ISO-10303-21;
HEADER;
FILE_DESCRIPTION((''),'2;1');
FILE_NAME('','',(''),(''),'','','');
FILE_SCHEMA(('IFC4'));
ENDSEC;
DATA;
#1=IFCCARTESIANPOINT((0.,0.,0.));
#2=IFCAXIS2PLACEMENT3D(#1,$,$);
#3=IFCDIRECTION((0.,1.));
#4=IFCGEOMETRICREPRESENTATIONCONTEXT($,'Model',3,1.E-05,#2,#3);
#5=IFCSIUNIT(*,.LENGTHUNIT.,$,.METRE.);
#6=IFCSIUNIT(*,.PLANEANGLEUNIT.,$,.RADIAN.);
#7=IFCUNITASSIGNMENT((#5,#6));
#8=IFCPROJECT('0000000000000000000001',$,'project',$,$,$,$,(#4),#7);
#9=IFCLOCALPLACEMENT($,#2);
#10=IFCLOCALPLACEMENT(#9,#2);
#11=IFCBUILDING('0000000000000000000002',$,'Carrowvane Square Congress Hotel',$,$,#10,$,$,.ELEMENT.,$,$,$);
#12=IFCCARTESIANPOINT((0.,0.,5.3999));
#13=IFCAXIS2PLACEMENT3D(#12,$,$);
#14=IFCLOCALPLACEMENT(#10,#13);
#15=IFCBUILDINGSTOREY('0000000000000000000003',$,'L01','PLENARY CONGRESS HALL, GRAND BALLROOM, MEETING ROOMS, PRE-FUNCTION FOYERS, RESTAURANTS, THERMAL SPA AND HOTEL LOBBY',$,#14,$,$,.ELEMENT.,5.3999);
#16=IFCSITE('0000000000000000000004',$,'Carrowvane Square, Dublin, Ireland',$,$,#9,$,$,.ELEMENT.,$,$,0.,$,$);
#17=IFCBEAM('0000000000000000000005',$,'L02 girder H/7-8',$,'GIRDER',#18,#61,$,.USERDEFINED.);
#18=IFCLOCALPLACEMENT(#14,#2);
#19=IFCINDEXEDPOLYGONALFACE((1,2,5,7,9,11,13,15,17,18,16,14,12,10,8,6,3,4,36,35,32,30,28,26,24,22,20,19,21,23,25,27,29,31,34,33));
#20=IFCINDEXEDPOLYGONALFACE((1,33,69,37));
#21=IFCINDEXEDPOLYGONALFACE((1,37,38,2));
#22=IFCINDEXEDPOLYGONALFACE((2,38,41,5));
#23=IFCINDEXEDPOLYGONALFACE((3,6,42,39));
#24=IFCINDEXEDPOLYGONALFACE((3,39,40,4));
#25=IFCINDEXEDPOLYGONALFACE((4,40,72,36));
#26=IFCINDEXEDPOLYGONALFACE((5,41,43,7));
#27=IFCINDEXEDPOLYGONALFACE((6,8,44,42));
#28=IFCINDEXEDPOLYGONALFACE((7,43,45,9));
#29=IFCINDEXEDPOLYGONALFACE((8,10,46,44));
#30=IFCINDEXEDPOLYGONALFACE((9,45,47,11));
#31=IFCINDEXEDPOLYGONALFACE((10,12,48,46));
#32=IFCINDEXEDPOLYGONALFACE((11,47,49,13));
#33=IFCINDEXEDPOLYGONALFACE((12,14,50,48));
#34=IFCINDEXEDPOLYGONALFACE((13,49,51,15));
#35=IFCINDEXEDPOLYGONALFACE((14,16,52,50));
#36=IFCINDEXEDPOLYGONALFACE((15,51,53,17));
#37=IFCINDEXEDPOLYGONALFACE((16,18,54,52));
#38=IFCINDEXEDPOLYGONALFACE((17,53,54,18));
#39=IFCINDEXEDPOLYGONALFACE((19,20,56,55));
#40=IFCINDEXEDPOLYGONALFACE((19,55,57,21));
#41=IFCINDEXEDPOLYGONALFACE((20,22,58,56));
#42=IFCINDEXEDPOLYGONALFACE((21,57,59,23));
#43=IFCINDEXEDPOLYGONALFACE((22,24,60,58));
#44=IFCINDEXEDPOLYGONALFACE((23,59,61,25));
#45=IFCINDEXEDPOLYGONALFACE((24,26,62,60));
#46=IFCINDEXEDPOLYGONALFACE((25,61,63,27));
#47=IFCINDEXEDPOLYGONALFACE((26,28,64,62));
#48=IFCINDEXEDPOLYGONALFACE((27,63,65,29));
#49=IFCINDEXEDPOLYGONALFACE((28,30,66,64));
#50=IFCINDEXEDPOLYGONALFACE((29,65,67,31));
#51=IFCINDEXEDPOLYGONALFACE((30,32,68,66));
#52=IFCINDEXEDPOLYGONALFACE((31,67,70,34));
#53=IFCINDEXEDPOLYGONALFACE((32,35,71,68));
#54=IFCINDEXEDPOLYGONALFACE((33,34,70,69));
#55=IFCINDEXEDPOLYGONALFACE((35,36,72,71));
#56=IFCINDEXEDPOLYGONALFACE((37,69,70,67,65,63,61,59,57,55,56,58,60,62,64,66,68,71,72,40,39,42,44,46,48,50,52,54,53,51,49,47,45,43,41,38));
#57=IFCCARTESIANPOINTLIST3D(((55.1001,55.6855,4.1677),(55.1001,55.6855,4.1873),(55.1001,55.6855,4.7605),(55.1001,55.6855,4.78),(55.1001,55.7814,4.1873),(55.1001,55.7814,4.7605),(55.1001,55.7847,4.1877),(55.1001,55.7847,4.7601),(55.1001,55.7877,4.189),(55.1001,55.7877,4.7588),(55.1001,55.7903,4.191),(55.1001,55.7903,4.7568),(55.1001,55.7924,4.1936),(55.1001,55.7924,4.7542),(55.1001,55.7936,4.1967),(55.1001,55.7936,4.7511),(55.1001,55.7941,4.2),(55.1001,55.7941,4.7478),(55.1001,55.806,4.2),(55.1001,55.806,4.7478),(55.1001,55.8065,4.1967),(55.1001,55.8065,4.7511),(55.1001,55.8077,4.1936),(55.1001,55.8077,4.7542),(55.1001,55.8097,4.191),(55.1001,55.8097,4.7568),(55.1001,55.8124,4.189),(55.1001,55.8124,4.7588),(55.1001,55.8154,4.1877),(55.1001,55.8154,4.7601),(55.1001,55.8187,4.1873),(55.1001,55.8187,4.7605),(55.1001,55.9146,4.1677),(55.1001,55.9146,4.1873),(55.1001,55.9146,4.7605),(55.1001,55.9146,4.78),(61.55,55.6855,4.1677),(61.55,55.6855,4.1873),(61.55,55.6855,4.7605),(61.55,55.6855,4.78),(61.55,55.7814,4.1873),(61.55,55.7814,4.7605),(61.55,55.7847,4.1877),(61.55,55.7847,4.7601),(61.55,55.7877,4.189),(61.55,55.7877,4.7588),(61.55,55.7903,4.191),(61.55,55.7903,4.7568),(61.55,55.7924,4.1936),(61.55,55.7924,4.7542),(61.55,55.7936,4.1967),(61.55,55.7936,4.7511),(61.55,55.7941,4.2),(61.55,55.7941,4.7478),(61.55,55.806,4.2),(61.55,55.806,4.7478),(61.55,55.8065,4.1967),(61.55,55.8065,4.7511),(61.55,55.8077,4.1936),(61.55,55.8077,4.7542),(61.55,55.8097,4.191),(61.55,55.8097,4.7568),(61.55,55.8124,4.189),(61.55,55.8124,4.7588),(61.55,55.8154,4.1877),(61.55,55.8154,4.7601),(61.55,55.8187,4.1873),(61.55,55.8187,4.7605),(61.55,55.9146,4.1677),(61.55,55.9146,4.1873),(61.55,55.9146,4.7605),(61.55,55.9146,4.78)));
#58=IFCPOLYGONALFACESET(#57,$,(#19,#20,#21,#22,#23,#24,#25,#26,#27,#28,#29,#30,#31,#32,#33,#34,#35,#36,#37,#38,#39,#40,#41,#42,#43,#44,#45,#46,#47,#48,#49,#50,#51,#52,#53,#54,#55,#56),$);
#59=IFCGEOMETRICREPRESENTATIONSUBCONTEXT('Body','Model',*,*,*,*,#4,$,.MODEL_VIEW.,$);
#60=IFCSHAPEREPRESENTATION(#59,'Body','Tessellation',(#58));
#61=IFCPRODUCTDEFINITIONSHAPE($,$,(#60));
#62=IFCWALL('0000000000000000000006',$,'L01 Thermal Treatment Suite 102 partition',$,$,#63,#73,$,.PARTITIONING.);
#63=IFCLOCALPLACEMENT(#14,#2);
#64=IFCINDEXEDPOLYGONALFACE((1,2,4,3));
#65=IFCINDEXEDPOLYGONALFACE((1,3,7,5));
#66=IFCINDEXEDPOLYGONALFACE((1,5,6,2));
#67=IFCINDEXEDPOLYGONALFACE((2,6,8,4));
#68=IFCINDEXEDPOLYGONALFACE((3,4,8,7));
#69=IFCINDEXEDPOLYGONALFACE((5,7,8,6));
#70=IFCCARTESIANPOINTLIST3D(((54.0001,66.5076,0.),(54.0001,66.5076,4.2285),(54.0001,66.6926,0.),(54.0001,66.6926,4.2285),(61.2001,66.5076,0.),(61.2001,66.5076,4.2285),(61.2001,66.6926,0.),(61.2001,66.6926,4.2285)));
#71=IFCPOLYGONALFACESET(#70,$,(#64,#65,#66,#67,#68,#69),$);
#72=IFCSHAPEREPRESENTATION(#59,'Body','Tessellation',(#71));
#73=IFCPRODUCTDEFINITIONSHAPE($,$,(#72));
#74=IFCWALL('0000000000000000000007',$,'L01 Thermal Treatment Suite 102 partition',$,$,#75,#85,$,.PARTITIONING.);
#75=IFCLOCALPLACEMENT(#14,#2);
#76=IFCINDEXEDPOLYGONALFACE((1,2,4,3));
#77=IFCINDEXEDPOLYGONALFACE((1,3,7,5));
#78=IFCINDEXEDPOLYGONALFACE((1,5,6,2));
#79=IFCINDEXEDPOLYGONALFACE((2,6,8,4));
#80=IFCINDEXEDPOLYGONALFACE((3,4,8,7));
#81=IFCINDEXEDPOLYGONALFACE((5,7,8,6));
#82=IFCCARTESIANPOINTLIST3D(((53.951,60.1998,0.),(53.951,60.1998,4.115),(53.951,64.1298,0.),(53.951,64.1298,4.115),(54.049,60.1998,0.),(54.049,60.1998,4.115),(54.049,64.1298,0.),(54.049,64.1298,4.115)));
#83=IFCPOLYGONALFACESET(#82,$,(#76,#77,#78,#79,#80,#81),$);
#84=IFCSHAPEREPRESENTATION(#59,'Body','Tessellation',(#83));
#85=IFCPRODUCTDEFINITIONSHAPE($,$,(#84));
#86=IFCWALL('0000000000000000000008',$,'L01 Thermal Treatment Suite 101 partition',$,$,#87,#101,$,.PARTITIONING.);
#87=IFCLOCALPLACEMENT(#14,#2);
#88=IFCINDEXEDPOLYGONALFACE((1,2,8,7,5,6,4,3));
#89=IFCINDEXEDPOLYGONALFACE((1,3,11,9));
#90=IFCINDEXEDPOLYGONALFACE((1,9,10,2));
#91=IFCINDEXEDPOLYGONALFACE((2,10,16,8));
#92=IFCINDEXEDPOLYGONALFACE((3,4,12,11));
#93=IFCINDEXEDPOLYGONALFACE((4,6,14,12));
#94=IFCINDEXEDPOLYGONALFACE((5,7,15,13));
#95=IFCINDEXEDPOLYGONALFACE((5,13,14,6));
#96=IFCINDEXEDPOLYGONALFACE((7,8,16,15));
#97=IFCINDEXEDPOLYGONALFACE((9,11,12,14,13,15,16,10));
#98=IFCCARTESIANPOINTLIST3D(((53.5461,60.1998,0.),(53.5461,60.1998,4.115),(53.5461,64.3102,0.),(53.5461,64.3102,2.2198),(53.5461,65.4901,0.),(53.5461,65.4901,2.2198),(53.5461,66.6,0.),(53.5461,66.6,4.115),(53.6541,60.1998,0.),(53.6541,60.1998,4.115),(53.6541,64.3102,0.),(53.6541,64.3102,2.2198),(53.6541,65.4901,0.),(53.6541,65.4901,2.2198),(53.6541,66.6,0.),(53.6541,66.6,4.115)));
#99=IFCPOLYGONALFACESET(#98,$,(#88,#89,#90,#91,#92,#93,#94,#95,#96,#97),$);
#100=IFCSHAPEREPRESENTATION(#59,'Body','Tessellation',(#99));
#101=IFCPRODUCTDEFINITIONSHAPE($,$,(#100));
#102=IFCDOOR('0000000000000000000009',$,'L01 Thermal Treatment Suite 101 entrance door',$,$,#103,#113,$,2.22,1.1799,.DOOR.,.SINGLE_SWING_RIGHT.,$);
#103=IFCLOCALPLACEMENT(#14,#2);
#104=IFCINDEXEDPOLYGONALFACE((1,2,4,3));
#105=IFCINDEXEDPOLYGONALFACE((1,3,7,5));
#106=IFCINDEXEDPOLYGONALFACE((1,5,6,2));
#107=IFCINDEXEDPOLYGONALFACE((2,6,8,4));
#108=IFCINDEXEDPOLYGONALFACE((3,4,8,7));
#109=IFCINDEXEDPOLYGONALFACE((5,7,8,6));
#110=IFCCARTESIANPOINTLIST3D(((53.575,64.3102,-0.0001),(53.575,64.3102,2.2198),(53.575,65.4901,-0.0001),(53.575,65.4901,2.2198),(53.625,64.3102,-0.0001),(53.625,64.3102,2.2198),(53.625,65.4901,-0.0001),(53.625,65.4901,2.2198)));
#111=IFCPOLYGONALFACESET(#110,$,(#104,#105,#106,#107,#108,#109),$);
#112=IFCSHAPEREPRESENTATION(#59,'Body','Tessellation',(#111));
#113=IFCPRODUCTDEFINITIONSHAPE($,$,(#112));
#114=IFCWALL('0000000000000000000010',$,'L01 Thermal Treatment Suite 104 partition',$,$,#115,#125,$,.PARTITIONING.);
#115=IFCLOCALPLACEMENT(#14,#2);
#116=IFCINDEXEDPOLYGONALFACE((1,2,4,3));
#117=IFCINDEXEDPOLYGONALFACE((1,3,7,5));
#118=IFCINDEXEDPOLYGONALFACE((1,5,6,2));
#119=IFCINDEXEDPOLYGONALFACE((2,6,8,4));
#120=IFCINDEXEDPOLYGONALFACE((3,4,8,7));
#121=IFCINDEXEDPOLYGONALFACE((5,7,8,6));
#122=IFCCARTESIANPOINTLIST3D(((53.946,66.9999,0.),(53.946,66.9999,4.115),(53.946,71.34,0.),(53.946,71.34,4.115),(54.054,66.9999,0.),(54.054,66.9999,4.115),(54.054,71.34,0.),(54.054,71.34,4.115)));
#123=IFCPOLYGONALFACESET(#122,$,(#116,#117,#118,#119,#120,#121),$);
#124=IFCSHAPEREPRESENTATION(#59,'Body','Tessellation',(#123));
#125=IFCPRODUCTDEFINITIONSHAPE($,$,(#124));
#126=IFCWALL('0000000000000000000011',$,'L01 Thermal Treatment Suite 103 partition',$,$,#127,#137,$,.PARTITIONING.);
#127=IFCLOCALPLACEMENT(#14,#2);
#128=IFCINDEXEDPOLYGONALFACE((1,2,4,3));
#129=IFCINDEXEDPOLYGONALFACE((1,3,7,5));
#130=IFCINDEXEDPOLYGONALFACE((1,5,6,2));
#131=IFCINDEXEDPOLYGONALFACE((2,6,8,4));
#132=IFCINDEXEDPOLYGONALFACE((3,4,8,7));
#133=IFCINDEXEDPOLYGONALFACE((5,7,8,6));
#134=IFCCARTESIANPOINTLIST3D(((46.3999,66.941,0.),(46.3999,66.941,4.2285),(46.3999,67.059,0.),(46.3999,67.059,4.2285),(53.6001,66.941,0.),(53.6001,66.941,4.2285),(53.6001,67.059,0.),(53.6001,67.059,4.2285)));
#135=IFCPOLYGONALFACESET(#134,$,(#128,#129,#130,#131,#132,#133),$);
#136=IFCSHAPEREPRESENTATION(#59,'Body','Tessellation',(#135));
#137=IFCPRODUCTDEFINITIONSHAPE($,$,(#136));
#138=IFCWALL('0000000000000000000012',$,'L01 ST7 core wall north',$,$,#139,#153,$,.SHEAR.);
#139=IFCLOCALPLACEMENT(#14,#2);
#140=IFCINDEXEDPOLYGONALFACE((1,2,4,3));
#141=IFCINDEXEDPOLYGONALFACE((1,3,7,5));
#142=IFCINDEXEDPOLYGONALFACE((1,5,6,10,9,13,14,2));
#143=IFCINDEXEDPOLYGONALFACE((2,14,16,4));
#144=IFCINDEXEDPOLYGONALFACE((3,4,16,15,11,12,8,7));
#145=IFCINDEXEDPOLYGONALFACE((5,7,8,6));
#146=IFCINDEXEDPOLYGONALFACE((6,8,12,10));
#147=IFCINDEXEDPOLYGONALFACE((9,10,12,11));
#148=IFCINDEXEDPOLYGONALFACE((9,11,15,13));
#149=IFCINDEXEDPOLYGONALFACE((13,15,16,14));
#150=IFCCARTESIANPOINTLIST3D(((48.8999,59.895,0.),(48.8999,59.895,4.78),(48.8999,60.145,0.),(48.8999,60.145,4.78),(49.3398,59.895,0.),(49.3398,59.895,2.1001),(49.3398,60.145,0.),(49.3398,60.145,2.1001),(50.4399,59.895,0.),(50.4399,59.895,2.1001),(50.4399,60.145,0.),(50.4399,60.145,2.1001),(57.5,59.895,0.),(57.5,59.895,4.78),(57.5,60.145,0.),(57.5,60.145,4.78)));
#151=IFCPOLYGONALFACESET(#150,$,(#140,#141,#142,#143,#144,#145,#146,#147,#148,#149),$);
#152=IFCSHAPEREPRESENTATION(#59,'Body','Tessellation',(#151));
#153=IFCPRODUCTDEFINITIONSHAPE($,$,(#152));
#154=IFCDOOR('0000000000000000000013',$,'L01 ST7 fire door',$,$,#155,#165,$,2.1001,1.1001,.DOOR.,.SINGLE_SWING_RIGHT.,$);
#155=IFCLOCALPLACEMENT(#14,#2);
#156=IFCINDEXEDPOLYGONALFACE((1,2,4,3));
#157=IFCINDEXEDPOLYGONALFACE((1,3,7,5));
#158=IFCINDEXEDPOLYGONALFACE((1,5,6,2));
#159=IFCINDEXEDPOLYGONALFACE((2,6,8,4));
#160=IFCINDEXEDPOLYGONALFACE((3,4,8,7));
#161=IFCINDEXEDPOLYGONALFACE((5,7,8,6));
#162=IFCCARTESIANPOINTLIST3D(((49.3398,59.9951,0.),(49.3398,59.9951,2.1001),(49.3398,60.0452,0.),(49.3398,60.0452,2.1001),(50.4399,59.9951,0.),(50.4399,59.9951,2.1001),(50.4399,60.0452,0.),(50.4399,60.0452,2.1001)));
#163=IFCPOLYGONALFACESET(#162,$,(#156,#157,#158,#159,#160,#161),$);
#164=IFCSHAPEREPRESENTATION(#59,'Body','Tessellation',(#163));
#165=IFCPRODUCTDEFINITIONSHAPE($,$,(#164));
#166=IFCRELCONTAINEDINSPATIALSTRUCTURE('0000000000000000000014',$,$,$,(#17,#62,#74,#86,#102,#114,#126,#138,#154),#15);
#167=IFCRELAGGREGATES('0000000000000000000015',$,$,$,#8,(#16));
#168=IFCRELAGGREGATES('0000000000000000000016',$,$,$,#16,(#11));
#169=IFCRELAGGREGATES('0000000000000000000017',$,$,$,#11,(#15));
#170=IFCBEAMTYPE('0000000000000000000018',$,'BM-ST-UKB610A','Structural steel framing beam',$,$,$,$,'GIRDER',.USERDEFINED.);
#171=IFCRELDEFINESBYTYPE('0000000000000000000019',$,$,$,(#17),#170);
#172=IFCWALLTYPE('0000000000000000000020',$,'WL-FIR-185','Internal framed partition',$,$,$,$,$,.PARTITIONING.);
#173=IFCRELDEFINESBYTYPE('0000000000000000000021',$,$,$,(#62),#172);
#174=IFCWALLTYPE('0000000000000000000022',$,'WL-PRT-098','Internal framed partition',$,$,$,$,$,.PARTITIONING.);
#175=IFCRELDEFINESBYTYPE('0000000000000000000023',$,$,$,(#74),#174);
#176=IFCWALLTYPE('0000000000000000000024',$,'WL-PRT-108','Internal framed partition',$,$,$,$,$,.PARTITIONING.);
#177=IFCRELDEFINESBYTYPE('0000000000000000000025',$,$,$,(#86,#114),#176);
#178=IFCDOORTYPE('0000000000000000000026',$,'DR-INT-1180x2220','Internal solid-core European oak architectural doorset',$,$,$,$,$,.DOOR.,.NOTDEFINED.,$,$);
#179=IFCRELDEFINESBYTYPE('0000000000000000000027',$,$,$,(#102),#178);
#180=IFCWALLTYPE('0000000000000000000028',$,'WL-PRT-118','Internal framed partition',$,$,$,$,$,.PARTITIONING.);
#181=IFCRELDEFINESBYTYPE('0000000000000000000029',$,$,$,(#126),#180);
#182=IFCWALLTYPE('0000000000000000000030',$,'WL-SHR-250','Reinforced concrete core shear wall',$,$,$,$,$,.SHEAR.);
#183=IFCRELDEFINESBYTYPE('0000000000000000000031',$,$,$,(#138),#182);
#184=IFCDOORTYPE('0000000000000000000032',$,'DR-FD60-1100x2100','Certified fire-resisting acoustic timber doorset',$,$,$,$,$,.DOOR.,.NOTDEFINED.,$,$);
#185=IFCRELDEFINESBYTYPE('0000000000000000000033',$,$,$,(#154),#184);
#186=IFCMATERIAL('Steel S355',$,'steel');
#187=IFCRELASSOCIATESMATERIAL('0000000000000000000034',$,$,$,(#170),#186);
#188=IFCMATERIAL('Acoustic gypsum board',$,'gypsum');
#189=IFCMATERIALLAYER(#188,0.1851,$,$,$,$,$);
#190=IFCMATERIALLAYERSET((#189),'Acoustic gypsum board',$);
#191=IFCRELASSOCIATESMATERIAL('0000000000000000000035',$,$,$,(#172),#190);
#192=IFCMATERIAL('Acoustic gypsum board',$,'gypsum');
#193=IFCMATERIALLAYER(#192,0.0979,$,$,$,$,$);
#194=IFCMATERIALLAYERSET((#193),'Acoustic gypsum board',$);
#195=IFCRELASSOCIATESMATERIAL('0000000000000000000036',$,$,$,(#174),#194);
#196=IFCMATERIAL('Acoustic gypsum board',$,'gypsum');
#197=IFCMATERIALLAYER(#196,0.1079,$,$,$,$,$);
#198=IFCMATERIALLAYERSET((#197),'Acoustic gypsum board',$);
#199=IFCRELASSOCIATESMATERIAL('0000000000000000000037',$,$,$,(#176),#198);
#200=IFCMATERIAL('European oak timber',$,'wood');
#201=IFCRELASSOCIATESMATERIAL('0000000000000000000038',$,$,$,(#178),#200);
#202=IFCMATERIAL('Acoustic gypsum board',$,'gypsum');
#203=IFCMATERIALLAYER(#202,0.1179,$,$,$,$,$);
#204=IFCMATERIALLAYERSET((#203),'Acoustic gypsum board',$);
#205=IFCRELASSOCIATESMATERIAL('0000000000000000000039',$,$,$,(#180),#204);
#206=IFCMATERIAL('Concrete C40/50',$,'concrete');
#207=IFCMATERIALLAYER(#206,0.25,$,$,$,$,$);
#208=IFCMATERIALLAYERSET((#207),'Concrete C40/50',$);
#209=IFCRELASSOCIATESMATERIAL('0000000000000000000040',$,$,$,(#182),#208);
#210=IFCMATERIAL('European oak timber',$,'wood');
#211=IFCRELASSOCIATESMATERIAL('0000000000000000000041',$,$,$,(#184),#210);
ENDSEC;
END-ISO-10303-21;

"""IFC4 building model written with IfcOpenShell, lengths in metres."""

from ifc_helpers import new_model, si_unit, direction, frame, frame_2d, origin, origin_2d, place, context, subcontext, project, spatial, rectangle, i_section, extrude, material, layer, layer_set, material_profile, profile_set, type_object, element, fill, save


model = new_model("IFC4")

# Units and contexts
model_context = context("Model", 3, precision=1e-05, world=origin(), true_north=direction((0.0, 1.0)))
body_context = subcontext(model_context, "Body", "Model", "MODEL_VIEW")
ifc_project = project(units=[si_unit("LENGTHUNIT", "METRE"), si_unit("PLANEANGLEUNIT", "RADIAN")], contexts=[model_context])

# Site, building, storey
site_placement = place(None, origin())
site = spatial("IfcSite", under=ifc_project, at=site_placement, Name="Carrowvane Square, Dublin, Ireland", CompositionType="ELEMENT", RefElevation=0.0)
building_placement = place(site_placement, origin())
building = spatial("IfcBuilding", under=site, at=building_placement, Name="Carrowvane Square Congress Hotel", CompositionType="ELEMENT")
storey_placement = place(building_placement, frame((0.0, 0.0, 5.3999)))
storey = spatial("IfcBuildingStorey", under=building, at=storey_placement, Name="L01", Description="PLENARY CONGRESS HALL, GRAND BALLROOM, MEETING ROOMS, PRE-FUNCTION FOYERS, RESTAURANTS, THERMAL SPA AND HOTEL LOBBY", CompositionType="ELEMENT", Elevation=5.3999)

# Beam
ifc_material_1 = material(Name="Steel S355", Category="steel")
ifc_material_profile_1 = material_profile(ifc_material_1, i_section(OverallWidth=0.229, OverallDepth=0.6123, WebThickness=0.012, FlangeThickness=0.0195, FilletRadius=0.0127, at=origin_2d()), Name="UKB 610x229x125")
ifc_profile_set_1 = profile_set([ifc_material_profile_1], Name="Steel S355")
beam_type_1 = type_object("IfcBeamType", Name="BM-ST-UKB610A", Description="Structural steel framing beam", ElementType="GIRDER", PredefinedType="USERDEFINED", material=ifc_profile_set_1)
beam_1_placement = place(storey_placement, frame((55.1001, 55.8, 4.4739), z_axis=(1.0, 0.0, 0.0), x_axis=(0.0, 1.0, 0.0)))
element("IfcBeam", 1, at=beam_1_placement, inside=storey, type_object=beam_type_1, Name="L02 girder H/7-8", ObjectType="GIRDER", PredefinedType="USERDEFINED", context=body_context, shape_type="SweptSolid", body=[
    extrude(i_section(OverallWidth=0.229, OverallDepth=0.6123, WebThickness=0.012, FlangeThickness=0.0195, FilletRadius=0.0127, at=origin_2d()), origin(), (0.0, 0.0, 1.0), 6.45),
])

# Walls
ifc_material_2 = material(Name="Acoustic gypsum board", Category="gypsum")
ifc_layer_1 = layer(ifc_material_2, 0.1851)
ifc_layer_set_1 = layer_set([ifc_layer_1], Name="Acoustic gypsum board")
wall_type_1 = type_object("IfcWallType", Name="WL-FIR-185", Description="Internal framed partition", PredefinedType="PARTITIONING", material=ifc_layer_set_1)
wall_1_placement = place(storey_placement, frame((54.0, 66.6001, 0.0), z_axis=(0.0, 0.0, 1.0), x_axis=(1.0, 0.0, 0.0)))
element("IfcWall", 2, at=wall_1_placement, inside=storey, type_object=wall_type_1, Name="L01 Thermal Treatment Suite 102 partition", PredefinedType="PARTITIONING", context=body_context, shape_type="SweptSolid", body=[
    extrude(rectangle(XDim=7.2, YDim=0.1851, at=frame_2d((3.6001, 0.0))), origin(), (0.0, 0.0, 1.0), 4.2285),
])
ifc_material_3 = material(Name="Acoustic gypsum board", Category="gypsum")
ifc_layer_2 = layer(ifc_material_3, 0.0979)
ifc_layer_set_2 = layer_set([ifc_layer_2], Name="Acoustic gypsum board")
wall_type_2 = type_object("IfcWallType", Name="WL-PRT-098", Description="Internal framed partition", PredefinedType="PARTITIONING", material=ifc_layer_set_2)
wall_2_placement = place(storey_placement, frame((54.0, 60.2, 0.0), z_axis=(0.0, 0.0, 1.0), x_axis=(0.0, 1.0, 0.0)))
element("IfcWall", 3, at=wall_2_placement, inside=storey, type_object=wall_type_2, Name="L01 Thermal Treatment Suite 102 partition", PredefinedType="PARTITIONING", context=body_context, shape_type="SweptSolid", body=[
    extrude(rectangle(XDim=3.9299, YDim=0.0979, at=frame_2d((1.9648, 0.0))), origin(), (0.0, 0.0, 1.0), 4.115),
])

# Wall, opening, door
ifc_material_4 = material(Name="Acoustic gypsum board", Category="gypsum")
ifc_layer_3 = layer(ifc_material_4, 0.1079)
ifc_layer_set_3 = layer_set([ifc_layer_3], Name="Acoustic gypsum board")
wall_type_3 = type_object("IfcWallType", Name="WL-PRT-108", Description="Internal framed partition", PredefinedType="PARTITIONING", material=ifc_layer_set_3)
wall_3_placement = place(storey_placement, frame((53.6001, 66.6001, 0.0), z_axis=(0.0, 0.0, 1.0), x_axis=(0.0, -1.0, 0.0)))
wall_3 = element("IfcWall", 4, at=wall_3_placement, inside=storey, type_object=wall_type_3, Name="L01 Thermal Treatment Suite 101 partition", PredefinedType="PARTITIONING", context=body_context, shape_type="SweptSolid", body=[
    extrude(rectangle(XDim=6.4001, YDim=0.1079, at=frame_2d((3.2002, 0.0))), origin(), (0.0, 0.0, 1.0), 4.115),
])
opening_1_placement = place(wall_3_placement, frame((1.1101, 0.0, 0.0)))
opening_1 = element("IfcOpeningElement", 5, at=opening_1_placement, cuts=wall_3, PredefinedType="OPENING", context=body_context, shape_type="SweptSolid", body=[
    extrude(rectangle(XDim=1.1799, YDim=2.22, at=frame_2d((0.5898, 1.1099))), frame((0.0, 0.064, 0.0), z_axis=(0.0, -1.0, 0.0), x_axis=(1.0, 0.0, 0.0)), (0.0, 0.0, 1.0), 0.1279),
])
ifc_material_5 = material(Name="European oak timber", Category="wood")
door_type_1 = type_object("IfcDoorType", Name="DR-INT-1180x2220", Description="Internal solid-core European oak architectural doorset", OperationType="NOTDEFINED", PredefinedType="DOOR", material=ifc_material_5)
door_1_placement = place(opening_1_placement, origin())
door_1 = element("IfcDoor", 6, at=door_1_placement, inside=storey, type_object=door_type_1, Name="L01 Thermal Treatment Suite 101 entrance door", OperationType="SINGLE_SWING_RIGHT", OverallHeight=2.22, OverallWidth=1.1799, PredefinedType="DOOR", context=body_context, shape_type="SweptSolid", body=[
    extrude(rectangle(XDim=1.1799, YDim=2.22, at=frame_2d((0.5898, 1.1099))), frame((0.0, 0.0249, 0.0), z_axis=(0.0, -1.0, 0.0), x_axis=(1.0, 0.0, 0.0)), (0.0, 0.0, 1.0), 0.05),
])
fill(opening_1, door_1)

# Walls
wall_4_placement = place(storey_placement, frame((54.0, 67.0, 0.0), z_axis=(0.0, 0.0, 1.0), x_axis=(0.0, 1.0, 0.0)))
element("IfcWall", 7, at=wall_4_placement, inside=storey, type_object=wall_type_3, Name="L01 Thermal Treatment Suite 104 partition", PredefinedType="PARTITIONING", context=body_context, shape_type="SweptSolid", body=[
    extrude(rectangle(XDim=4.3401, YDim=0.1079, at=frame_2d((2.1699, 0.0))), origin(), (0.0, 0.0, 1.0), 4.115),
])
ifc_material_6 = material(Name="Acoustic gypsum board", Category="gypsum")
ifc_layer_4 = layer(ifc_material_6, 0.1179)
ifc_layer_set_4 = layer_set([ifc_layer_4], Name="Acoustic gypsum board")
wall_type_4 = type_object("IfcWallType", Name="WL-PRT-118", Description="Internal framed partition", PredefinedType="PARTITIONING", material=ifc_layer_set_4)
wall_5_placement = place(storey_placement, frame((53.6001, 67.0, 0.0), z_axis=(0.0, 0.0, 1.0), x_axis=(-1.0, 0.0, 0.0)))
element("IfcWall", 8, at=wall_5_placement, inside=storey, type_object=wall_type_4, Name="L01 Thermal Treatment Suite 103 partition", PredefinedType="PARTITIONING", context=body_context, shape_type="SweptSolid", body=[
    extrude(rectangle(XDim=7.2002, YDim=0.1179, at=frame_2d((3.6001, 0.0))), origin(), (0.0, 0.0, 1.0), 4.2285),
])

# Wall, opening, door
ifc_material_7 = material(Name="Concrete C40/50", Category="concrete")
ifc_layer_5 = layer(ifc_material_7, 0.25)
ifc_layer_set_5 = layer_set([ifc_layer_5], Name="Concrete C40/50")
wall_type_5 = type_object("IfcWallType", Name="WL-SHR-250", Description="Reinforced concrete core shear wall", PredefinedType="SHEAR", material=ifc_layer_set_5)
wall_6_placement = place(storey_placement, frame((57.5, 60.02, 0.0), z_axis=(0.0, 0.0, 1.0), x_axis=(-1.0, 0.0, 0.0)))
wall_6 = element("IfcWall", 9, at=wall_6_placement, inside=storey, type_object=wall_type_5, Name="L01 ST7 core wall north", PredefinedType="SHEAR", context=body_context, shape_type="SweptSolid", body=[
    extrude(rectangle(XDim=8.6001, YDim=0.25, at=frame_2d((4.3, 0.0))), origin(), (0.0, 0.0, 1.0), 4.78),
])
opening_2_placement = place(wall_6_placement, frame((7.0601, 0.0, 0.0)))
opening_2 = element("IfcOpeningElement", 10, at=opening_2_placement, cuts=wall_6, PredefinedType="OPENING", context=body_context, shape_type="SweptSolid", body=[
    extrude(rectangle(XDim=1.1001, YDim=2.1001, at=frame_2d((0.55, 1.05))), frame((0.0, 0.135, 0.0), z_axis=(0.0, -1.0, 0.0), x_axis=(1.0, 0.0, 0.0)), (0.0, 0.0, 1.0), 0.27),
])
ifc_material_8 = material(Name="European oak timber", Category="wood")
door_type_2 = type_object("IfcDoorType", Name="DR-FD60-1100x2100", Description="Certified fire-resisting acoustic timber doorset", OperationType="NOTDEFINED", PredefinedType="DOOR", material=ifc_material_8)
door_2_placement = place(opening_2_placement, origin())
door_2 = element("IfcDoor", 11, at=door_2_placement, inside=storey, type_object=door_type_2, Name="L01 ST7 fire door", OperationType="SINGLE_SWING_RIGHT", OverallHeight=2.1001, OverallWidth=1.1001, PredefinedType="DOOR", context=body_context, shape_type="SweptSolid", body=[
    extrude(rectangle(XDim=1.1001, YDim=2.1001, at=frame_2d((0.55, 1.05))), frame((0.0, 0.0249, 0.0), z_axis=(0.0, -1.0, 0.0), x_axis=(1.0, 0.0, 0.0)), (0.0, 0.0, 1.0), 0.05),
])
fill(opening_2, door_2)

save(model, "model.ifc")
